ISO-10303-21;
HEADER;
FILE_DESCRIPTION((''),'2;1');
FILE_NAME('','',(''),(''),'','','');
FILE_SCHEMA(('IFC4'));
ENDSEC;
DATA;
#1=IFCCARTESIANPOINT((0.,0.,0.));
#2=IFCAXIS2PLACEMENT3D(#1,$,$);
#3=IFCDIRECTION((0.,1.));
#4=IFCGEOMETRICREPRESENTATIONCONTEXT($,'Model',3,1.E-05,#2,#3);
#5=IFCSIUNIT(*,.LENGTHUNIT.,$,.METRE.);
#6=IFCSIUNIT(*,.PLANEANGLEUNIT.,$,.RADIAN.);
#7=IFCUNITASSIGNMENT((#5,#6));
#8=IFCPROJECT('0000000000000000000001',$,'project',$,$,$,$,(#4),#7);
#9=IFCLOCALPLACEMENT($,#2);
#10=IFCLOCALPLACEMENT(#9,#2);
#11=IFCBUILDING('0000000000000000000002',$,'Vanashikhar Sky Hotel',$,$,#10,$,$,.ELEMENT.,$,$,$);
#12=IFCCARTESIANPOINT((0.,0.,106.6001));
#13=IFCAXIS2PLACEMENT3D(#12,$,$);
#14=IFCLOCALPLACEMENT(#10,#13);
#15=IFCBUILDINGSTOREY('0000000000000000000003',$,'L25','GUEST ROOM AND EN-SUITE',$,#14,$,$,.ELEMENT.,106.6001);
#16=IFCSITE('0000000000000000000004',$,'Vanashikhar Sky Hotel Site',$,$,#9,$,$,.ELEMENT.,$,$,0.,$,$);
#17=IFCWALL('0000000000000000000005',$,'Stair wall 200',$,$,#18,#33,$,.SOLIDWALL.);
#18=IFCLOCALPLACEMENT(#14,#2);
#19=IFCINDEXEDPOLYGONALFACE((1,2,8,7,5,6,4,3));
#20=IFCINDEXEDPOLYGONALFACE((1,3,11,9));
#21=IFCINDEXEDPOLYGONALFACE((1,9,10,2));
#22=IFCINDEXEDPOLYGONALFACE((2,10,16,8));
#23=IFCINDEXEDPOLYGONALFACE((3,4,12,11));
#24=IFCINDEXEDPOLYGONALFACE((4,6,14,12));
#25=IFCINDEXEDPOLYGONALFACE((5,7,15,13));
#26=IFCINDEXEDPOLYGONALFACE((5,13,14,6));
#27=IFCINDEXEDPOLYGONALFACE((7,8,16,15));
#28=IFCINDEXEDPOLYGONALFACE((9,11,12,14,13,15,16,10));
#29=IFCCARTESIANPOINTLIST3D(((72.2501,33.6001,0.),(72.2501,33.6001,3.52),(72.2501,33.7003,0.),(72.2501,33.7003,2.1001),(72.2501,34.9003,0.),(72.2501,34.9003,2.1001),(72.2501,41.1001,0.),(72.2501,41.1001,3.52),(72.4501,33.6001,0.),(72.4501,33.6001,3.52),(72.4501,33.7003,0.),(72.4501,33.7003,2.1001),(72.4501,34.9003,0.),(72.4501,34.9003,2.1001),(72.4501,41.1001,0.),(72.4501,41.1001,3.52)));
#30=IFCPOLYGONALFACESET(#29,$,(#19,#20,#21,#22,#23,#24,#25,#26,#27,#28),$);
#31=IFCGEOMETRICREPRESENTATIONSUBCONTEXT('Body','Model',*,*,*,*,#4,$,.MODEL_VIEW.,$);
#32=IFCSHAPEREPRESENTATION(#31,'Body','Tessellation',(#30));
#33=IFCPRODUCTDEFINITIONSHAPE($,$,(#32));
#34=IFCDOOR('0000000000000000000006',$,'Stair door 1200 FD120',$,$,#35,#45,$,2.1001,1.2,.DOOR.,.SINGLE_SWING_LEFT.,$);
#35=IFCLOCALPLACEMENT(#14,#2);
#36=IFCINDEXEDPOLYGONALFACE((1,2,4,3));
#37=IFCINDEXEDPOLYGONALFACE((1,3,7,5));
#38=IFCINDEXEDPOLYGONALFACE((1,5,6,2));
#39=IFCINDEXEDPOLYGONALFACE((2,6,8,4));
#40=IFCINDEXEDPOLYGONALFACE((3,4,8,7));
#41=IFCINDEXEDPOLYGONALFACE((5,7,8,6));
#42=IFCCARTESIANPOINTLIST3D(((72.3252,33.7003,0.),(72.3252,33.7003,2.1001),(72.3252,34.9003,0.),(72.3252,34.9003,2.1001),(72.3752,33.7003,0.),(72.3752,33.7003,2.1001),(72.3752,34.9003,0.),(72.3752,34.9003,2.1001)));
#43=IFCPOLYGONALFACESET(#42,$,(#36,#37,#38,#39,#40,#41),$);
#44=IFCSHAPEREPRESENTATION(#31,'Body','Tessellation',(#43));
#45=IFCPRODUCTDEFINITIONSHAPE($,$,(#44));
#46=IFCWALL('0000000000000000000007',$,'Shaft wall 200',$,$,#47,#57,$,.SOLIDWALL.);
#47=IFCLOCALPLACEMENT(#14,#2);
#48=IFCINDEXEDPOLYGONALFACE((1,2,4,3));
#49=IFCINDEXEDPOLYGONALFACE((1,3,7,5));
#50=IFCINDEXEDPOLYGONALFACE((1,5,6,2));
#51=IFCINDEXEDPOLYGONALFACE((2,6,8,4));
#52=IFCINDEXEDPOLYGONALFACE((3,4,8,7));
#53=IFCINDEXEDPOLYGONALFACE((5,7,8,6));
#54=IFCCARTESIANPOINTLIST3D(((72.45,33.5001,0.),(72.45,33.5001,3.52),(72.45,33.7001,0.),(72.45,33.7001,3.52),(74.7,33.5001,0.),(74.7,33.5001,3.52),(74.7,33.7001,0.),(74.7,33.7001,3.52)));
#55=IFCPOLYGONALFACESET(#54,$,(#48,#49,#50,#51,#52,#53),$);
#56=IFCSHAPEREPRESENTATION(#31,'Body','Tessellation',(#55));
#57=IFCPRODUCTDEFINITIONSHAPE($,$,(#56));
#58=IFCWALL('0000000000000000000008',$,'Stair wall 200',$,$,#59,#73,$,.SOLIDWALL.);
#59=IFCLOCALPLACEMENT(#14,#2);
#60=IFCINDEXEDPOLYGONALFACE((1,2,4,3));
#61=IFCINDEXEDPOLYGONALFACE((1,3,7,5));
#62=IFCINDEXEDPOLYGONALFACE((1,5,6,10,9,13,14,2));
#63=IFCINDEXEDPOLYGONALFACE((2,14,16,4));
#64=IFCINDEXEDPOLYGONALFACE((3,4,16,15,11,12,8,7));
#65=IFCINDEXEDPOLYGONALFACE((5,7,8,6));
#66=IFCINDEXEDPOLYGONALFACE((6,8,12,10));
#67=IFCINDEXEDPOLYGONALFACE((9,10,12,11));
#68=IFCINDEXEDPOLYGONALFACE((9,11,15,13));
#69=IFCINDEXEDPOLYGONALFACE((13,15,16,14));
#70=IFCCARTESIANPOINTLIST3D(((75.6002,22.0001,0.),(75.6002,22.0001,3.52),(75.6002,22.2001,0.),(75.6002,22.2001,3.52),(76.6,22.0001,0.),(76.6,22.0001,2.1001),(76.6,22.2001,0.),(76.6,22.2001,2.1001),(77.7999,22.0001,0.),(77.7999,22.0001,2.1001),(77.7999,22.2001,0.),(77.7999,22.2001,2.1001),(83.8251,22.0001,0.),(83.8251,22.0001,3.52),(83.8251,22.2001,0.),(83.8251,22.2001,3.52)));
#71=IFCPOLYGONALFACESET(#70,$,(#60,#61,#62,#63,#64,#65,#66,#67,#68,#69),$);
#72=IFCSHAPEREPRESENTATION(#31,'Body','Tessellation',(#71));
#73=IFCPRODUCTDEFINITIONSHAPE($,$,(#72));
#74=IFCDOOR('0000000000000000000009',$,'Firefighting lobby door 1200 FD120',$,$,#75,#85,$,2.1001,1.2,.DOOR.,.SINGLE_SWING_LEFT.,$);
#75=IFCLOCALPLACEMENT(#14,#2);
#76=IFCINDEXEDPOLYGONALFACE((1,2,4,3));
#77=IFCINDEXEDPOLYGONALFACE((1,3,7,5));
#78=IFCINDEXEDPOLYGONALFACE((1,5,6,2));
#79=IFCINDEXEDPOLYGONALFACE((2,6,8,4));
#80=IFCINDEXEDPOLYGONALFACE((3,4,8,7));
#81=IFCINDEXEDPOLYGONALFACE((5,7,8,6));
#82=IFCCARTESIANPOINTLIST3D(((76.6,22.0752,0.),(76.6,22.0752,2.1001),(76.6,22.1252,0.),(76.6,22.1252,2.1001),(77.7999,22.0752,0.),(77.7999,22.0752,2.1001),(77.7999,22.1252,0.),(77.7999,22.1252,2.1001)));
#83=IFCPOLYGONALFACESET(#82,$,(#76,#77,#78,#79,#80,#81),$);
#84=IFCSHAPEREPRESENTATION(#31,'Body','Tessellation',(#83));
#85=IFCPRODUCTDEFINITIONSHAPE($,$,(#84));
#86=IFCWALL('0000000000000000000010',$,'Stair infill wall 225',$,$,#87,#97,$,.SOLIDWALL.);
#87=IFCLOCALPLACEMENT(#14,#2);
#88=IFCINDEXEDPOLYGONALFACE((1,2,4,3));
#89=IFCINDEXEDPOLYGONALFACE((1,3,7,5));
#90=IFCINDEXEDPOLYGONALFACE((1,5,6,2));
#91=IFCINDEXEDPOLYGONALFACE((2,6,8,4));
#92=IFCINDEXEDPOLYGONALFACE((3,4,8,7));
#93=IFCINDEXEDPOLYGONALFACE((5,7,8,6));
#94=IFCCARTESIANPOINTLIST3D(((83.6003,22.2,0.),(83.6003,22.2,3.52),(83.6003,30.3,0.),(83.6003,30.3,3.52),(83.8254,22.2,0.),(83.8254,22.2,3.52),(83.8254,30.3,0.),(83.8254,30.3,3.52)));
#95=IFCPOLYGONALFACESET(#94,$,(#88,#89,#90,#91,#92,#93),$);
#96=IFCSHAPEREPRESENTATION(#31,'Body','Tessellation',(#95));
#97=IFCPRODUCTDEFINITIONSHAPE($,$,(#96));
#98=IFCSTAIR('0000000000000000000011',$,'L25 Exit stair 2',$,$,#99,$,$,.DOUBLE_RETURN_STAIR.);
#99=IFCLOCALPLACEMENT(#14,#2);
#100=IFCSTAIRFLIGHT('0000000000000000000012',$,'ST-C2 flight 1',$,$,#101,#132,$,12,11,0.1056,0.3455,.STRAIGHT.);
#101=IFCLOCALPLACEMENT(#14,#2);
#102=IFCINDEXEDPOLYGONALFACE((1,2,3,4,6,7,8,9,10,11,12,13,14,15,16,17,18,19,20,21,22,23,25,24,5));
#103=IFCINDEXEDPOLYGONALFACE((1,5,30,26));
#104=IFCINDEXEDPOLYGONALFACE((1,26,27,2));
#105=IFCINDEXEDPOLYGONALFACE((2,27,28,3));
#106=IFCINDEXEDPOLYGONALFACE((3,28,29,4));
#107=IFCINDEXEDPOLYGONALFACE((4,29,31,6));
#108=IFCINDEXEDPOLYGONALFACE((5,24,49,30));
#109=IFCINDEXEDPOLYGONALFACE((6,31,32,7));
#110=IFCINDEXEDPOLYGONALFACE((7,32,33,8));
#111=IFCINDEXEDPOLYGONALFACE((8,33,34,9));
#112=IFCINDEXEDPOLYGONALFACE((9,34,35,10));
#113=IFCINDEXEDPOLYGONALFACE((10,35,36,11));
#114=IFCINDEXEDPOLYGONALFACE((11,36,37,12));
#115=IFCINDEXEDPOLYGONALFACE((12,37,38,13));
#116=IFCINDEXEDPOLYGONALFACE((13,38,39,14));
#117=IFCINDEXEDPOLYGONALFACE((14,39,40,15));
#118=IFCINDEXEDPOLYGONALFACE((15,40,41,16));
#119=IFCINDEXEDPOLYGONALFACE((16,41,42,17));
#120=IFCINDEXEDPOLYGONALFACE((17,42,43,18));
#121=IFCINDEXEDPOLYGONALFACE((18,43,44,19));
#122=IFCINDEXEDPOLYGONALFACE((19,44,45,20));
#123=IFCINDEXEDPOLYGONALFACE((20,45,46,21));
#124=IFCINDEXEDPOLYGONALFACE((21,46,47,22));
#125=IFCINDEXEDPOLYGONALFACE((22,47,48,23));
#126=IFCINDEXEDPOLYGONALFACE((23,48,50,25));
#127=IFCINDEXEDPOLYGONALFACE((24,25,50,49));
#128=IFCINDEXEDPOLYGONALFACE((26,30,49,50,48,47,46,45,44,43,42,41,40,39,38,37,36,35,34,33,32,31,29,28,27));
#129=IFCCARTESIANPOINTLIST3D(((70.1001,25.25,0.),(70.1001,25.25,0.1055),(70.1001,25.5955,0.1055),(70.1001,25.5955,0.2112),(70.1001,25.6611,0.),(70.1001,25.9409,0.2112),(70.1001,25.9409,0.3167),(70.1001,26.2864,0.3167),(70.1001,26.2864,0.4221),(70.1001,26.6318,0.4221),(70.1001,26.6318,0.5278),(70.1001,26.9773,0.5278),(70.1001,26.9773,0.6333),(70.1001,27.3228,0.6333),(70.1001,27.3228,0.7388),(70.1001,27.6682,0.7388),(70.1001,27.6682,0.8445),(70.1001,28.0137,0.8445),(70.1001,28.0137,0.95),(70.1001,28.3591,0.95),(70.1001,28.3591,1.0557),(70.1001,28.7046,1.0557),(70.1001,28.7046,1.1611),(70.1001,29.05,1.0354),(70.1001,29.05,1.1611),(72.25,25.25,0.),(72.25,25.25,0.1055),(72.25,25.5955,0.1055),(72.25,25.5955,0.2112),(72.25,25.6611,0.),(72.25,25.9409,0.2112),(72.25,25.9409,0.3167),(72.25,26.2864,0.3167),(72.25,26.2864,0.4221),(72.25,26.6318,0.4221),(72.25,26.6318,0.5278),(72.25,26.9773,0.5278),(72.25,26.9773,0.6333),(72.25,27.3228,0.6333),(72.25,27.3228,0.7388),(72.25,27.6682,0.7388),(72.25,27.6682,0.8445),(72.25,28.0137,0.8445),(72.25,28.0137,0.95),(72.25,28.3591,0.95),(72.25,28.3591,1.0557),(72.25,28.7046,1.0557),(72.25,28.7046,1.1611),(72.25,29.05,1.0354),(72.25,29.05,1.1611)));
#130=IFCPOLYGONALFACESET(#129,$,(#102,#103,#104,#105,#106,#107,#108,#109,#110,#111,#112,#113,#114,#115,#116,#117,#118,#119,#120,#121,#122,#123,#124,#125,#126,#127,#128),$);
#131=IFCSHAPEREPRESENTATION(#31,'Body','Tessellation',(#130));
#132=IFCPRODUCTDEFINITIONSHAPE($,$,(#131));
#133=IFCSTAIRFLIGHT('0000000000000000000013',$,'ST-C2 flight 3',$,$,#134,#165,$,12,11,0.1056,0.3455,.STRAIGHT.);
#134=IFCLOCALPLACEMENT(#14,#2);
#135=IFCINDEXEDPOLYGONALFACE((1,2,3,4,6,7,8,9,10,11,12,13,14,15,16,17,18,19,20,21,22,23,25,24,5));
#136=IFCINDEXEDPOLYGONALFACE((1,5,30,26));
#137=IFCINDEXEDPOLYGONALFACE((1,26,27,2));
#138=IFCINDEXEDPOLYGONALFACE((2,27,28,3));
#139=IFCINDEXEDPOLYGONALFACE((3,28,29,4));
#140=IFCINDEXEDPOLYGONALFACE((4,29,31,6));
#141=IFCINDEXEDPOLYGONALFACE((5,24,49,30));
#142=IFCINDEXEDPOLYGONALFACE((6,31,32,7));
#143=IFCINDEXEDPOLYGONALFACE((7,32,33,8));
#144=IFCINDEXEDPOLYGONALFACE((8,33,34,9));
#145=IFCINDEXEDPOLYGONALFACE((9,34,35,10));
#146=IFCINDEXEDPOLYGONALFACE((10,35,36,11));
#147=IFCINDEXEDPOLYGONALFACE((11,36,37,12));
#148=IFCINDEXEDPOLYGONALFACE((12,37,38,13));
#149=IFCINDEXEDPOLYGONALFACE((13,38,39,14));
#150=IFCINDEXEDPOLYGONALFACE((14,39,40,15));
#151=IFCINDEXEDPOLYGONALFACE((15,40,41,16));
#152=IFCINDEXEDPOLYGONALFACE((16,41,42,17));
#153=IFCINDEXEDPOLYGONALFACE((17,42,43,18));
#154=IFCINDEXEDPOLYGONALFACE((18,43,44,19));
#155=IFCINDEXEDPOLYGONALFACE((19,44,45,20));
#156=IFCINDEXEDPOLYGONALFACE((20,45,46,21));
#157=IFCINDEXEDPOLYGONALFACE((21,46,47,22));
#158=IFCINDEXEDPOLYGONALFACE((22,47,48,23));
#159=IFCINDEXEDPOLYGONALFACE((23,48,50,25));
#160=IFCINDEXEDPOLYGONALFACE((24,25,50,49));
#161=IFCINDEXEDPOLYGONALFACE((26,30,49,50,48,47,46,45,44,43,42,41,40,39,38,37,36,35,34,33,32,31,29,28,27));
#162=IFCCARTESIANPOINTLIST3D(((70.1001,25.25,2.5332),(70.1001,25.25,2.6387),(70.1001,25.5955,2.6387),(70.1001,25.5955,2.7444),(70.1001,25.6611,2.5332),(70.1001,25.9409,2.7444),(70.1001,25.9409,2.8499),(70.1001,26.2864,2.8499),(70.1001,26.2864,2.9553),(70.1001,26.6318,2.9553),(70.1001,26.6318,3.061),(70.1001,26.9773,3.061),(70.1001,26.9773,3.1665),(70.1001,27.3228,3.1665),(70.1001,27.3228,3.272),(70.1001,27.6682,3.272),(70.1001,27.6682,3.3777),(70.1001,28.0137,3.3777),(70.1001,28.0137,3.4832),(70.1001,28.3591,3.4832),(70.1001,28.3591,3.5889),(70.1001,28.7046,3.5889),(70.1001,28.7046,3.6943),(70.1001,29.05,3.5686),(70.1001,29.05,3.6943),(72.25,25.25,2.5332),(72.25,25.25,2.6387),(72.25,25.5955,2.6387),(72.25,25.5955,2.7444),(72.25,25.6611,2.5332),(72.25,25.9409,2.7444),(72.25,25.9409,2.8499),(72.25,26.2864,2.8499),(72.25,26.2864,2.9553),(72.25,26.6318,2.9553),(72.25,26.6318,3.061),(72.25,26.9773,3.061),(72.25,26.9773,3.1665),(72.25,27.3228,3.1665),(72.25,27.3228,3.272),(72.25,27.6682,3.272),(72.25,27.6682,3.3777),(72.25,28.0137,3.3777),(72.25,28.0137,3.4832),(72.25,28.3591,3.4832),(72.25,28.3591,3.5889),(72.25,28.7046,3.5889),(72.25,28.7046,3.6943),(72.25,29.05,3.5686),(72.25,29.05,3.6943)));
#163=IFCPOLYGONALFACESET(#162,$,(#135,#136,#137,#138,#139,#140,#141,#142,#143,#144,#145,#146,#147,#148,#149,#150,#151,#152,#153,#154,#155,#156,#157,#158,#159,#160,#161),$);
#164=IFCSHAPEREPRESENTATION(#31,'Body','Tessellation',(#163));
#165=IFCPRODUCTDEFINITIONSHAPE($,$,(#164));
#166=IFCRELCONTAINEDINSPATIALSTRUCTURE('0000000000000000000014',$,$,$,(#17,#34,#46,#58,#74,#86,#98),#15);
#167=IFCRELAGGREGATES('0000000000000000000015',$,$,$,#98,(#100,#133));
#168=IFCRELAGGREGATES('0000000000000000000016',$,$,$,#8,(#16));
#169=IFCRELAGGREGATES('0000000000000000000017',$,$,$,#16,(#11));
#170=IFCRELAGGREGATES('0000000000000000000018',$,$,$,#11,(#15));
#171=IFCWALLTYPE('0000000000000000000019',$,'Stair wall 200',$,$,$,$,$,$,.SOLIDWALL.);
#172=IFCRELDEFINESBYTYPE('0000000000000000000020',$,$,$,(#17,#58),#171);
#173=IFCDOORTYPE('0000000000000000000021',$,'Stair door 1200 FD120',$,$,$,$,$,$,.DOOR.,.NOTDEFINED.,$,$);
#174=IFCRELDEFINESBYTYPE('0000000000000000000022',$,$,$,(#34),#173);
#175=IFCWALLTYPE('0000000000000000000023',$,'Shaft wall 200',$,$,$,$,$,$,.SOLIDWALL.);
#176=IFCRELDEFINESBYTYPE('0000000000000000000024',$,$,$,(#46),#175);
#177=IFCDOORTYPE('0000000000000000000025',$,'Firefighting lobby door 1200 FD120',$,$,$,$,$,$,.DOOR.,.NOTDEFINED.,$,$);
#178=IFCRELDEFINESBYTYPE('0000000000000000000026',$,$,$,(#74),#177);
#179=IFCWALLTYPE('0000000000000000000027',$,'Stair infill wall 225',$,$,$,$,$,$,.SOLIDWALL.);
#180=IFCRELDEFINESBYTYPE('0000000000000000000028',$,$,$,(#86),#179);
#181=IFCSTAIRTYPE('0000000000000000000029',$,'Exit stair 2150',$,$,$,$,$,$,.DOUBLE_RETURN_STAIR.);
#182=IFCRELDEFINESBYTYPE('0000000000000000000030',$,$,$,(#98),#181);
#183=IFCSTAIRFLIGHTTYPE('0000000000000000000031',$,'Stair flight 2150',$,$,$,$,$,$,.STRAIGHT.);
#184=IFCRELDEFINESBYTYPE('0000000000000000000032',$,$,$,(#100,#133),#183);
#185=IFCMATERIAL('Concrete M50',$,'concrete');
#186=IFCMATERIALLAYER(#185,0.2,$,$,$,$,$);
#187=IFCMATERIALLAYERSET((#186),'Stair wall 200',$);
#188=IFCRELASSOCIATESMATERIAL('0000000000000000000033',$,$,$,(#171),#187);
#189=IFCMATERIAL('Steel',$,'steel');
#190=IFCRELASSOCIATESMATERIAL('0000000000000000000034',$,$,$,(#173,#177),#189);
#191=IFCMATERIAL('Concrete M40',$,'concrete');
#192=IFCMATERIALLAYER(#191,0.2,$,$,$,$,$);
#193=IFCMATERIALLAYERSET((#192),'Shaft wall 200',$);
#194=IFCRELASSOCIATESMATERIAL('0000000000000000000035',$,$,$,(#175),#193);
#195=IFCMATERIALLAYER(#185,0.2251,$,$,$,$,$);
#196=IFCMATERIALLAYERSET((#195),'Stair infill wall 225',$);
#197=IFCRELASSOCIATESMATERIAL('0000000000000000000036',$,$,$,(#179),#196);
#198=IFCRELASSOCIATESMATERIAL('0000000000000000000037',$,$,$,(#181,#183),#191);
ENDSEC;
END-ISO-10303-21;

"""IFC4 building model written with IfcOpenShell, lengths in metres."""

from ifc_helpers import new_model, si_unit, direction, frame, frame_2d, origin, place, context, subcontext, project, spatial, polyline, rectangle, outline, extrude, source, transform, mapped, material, layer, layer_set, type_object, element, fill, aggregate, save


model = new_model("IFC4")

# Units and contexts
model_context = context("Model", 3, precision=1e-05, world=origin(), true_north=direction((0.0, 1.0)))
body_context = subcontext(model_context, "Body", "Model", "MODEL_VIEW")
ifc_project = project(units=[si_unit("LENGTHUNIT", "METRE"), si_unit("PLANEANGLEUNIT", "RADIAN")], contexts=[model_context])

# Site, building, storey
site_placement = place(None, origin())
site = spatial("IfcSite", under=ifc_project, at=site_placement, Name="Vanashikhar Sky Hotel Site", CompositionType="ELEMENT", RefElevation=0.0)
building_placement = place(site_placement, origin())
building = spatial("IfcBuilding", under=site, at=building_placement, Name="Vanashikhar Sky Hotel", CompositionType="ELEMENT")
storey_placement = place(building_placement, frame((0.0, 0.0, 106.6001)))
storey = spatial("IfcBuildingStorey", under=building, at=storey_placement, Name="L25", Description="GUEST ROOM AND EN-SUITE", CompositionType="ELEMENT", Elevation=106.6001)

# Shared definitions
ifc_material_1 = material(Name="Concrete M50", Category="concrete")

# Shared definitions
ifc_material_2 = material(Name="Steel", Category="steel")
shared_shape_1 = source(origin(), body_context, "Body", "SweptSolid", [
    extrude(rectangle(XDim=1.2, YDim=2.1001, at=frame_2d((0.6001, 1.05))), frame((0.0, 0.0249, 0.0), z_axis=(0.0, -1.0, 0.0), x_axis=(1.0, 0.0, 0.0)), (0.0, 0.0, 1.0), 0.05),
])

# Shared definitions
ifc_layer_1 = layer(ifc_material_1, 0.2)
ifc_layer_set_1 = layer_set([ifc_layer_1], Name="Stair wall 200")
wall_type_1 = type_object("IfcWallType", Name="Stair wall 200", PredefinedType="SOLIDWALL", material=ifc_layer_set_1)
shared_shape_2 = source(origin(), body_context, "Body", "SweptSolid", [
    extrude(rectangle(XDim=1.2, YDim=2.1001, at=frame_2d((0.6001, 1.05))), frame((0.0, 0.1099, 0.0), z_axis=(0.0, -1.0, 0.0), x_axis=(1.0, 0.0, 0.0)), (0.0, 0.0, 1.0), 0.22),
])
door_type_1 = type_object("IfcDoorType", Name="Stair door 1200 FD120", OperationType="NOTDEFINED", PredefinedType="DOOR", material=ifc_material_2)

# Shared definitions
ifc_material_3 = material(Name="Concrete M40", Category="concrete")
ifc_layer_2 = layer(ifc_material_3, 0.2)
ifc_layer_set_2 = layer_set([ifc_layer_2], Name="Shaft wall 200")
wall_type_2 = type_object("IfcWallType", Name="Shaft wall 200", PredefinedType="SOLIDWALL", material=ifc_layer_set_2)

# Wall, opening, door
shared_shape_3 = source(origin(), body_context, "Body", "SweptSolid", [
    extrude(rectangle(XDim=7.5, YDim=0.2, at=frame_2d((3.75, 0.0))), origin(), (0.0, 0.0, 1.0), 3.52),
])
wall_1_placement = place(storey_placement, frame((72.3501, 33.6001, 0.0), z_axis=(0.0, 0.0, 1.0), x_axis=(0.0, 1.0, 0.0)))
wall_1 = element("IfcWall", 1, at=wall_1_placement, inside=storey, type_object=wall_type_1, Name="Stair wall 200", PredefinedType="SOLIDWALL", context=body_context, shape_type="MappedRepresentation", body=[
    mapped(shared_shape_3, transform((0.0, 0.0, 0.0), scale=1.0)),
])
opening_1_placement = place(wall_1_placement, frame((0.1001, 0.0, 0.0)))
opening_1 = element("IfcOpeningElement", 2, at=opening_1_placement, cuts=wall_1, PredefinedType="OPENING", context=body_context, shape_type="MappedRepresentation", body=[
    mapped(shared_shape_2, transform((0.0, 0.0, 0.0), scale=1.0)),
])
door_1_placement = place(opening_1_placement, origin())
door_1 = element("IfcDoor", 3, at=door_1_placement, inside=storey, type_object=door_type_1, Name="Stair door 1200 FD120", OperationType="SINGLE_SWING_LEFT", OverallHeight=2.1001, OverallWidth=1.2, PredefinedType="DOOR", context=body_context, shape_type="MappedRepresentation", body=[
    mapped(shared_shape_1, transform((0.0, 0.0, 0.0), scale=1.0)),
])
fill(opening_1, door_1)

# Wall
shared_shape_4 = source(origin(), body_context, "Body", "SweptSolid", [
    extrude(rectangle(XDim=2.25, YDim=0.2, at=frame_2d((1.125, 0.0))), origin(), (0.0, 0.0, 1.0), 3.52),
])
wall_2_placement = place(storey_placement, frame((72.45, 33.6001, 0.0), z_axis=(0.0, 0.0, 1.0), x_axis=(1.0, 0.0, 0.0)))
element("IfcWall", 4, at=wall_2_placement, inside=storey, type_object=wall_type_2, Name="Shaft wall 200", PredefinedType="SOLIDWALL", context=body_context, shape_type="MappedRepresentation", body=[
    mapped(shared_shape_4, transform((0.0, 0.0, 0.0), scale=1.0)),
])

# Wall, opening, door
shared_shape_5 = source(origin(), body_context, "Body", "SweptSolid", [
    extrude(rectangle(XDim=8.2249, YDim=0.2, at=frame_2d((4.1123, 0.0))), origin(), (0.0, 0.0, 1.0), 3.52),
])
wall_3_placement = place(storey_placement, frame((83.825, 22.1001, 0.0), z_axis=(0.0, 0.0, 1.0), x_axis=(-1.0, 0.0, 0.0)))
wall_3 = element("IfcWall", 5, at=wall_3_placement, inside=storey, type_object=wall_type_1, Name="Stair wall 200", PredefinedType="SOLIDWALL", context=body_context, shape_type="MappedRepresentation", body=[
    mapped(shared_shape_5, transform((0.0, 0.0, 0.0), scale=1.0)),
])
opening_2_placement = place(wall_3_placement, frame((6.0249, 0.0, 0.0)))
opening_2 = element("IfcOpeningElement", 6, at=opening_2_placement, cuts=wall_3, PredefinedType="OPENING", context=body_context, shape_type="MappedRepresentation", body=[
    mapped(shared_shape_2, transform((0.0, 0.0, 0.0), scale=1.0)),
])
door_type_2 = type_object("IfcDoorType", Name="Firefighting lobby door 1200 FD120", OperationType="NOTDEFINED", PredefinedType="DOOR", material=ifc_material_2)
door_2_placement = place(opening_2_placement, origin())
door_2 = element("IfcDoor", 7, at=door_2_placement, inside=storey, type_object=door_type_2, Name="Firefighting lobby door 1200 FD120", OperationType="SINGLE_SWING_LEFT", OverallHeight=2.1001, OverallWidth=1.2, PredefinedType="DOOR", context=body_context, shape_type="MappedRepresentation", body=[
    mapped(shared_shape_1, transform((0.0, 0.0, 0.0), scale=1.0)),
])
fill(opening_2, door_2)

# Wall
ifc_layer_3 = layer(ifc_material_1, 0.2251)
ifc_layer_set_3 = layer_set([ifc_layer_3], Name="Stair infill wall 225")
wall_type_3 = type_object("IfcWallType", Name="Stair infill wall 225", PredefinedType="SOLIDWALL", material=ifc_layer_set_3)
shared_shape_6 = source(origin(), body_context, "Body", "SweptSolid", [
    extrude(rectangle(XDim=8.1001, YDim=0.2251, at=frame_2d((4.05, 0.0))), origin(), (0.0, 0.0, 1.0), 3.52),
])
wall_4_placement = place(storey_placement, frame((83.7129, 22.2, 0.0), z_axis=(0.0, 0.0, 1.0), x_axis=(0.0, 1.0, 0.0)))
element("IfcWall", 8, at=wall_4_placement, inside=storey, type_object=wall_type_3, Name="Stair infill wall 225", PredefinedType="SOLIDWALL", context=body_context, shape_type="MappedRepresentation", body=[
    mapped(shared_shape_6, transform((0.0, 0.0, 0.0), scale=1.0)),
])

# Stair, stair flights
stair_type = type_object("IfcStairType", Name="Exit stair 2150", PredefinedType="DOUBLE_RETURN_STAIR", material=ifc_material_3)
stair_1_placement = place(storey_placement, origin())
stair_1 = element("IfcStair", 9, at=stair_1_placement, inside=storey, type_object=stair_type, Name="L25 Exit stair 2", PredefinedType="DOUBLE_RETURN_STAIR")
stair_flight_type = type_object("IfcStairFlightType", Name="Stair flight 2150", PredefinedType="STRAIGHT", material=ifc_material_3)
shared_shape_7 = source(origin(), body_context, "Body", "SweptSolid", [
    extrude(outline(polyline([(0.0, 0.0), (0.0, 0.1055), (0.3455, 0.1055), (0.3455, 0.2112), (0.6909, 0.2112), (0.6909, 0.3167), (1.0364, 0.3167), (1.0364, 0.4221), (1.3818, 0.4221), (1.3818, 0.5278), (1.7273, 0.5278), (1.7273, 0.6333), (2.0728, 0.6333), (2.0728, 0.7388), (2.4182, 0.7388), (2.4182, 0.8445), (2.7637, 0.8445), (2.7637, 0.95), (3.1091, 0.95), (3.1091, 1.0557), (3.4546, 1.0557), (3.4546, 1.1611), (3.8, 1.1611), (3.8, 1.2666), (3.8, 1.0354), (0.4111, 0.0), (0.0, 0.0)])), frame((0.0, 1.075, 0.0), z_axis=(0.0, -1.0, 0.0), x_axis=(1.0, 0.0, 0.0)), (0.0, 0.0, 1.0), 2.1499),
])
stair_flight_1_placement = place(storey_placement, frame((71.175, 25.25, 0.0), z_axis=(0.0, 0.0, 1.0), x_axis=(0.0, 1.0, 0.0)))
stair_flight_1 = element("IfcStairFlight", 10, at=stair_flight_1_placement, type_object=stair_flight_type, Name="ST-C2 flight 1", NumberOfRisers=12, NumberOfTreads=11, PredefinedType="STRAIGHT", RiserHeight=0.1056, TreadLength=0.3455, context=body_context, shape_type="MappedRepresentation", body=[
    mapped(shared_shape_7, transform((0.0, 0.0, 0.0), scale=1.0)),
])
stair_flight_2_placement = place(storey_placement, frame((71.175, 25.25, 2.5332), z_axis=(0.0, 0.0, 1.0), x_axis=(0.0, 1.0, 0.0)))
stair_flight_2 = element("IfcStairFlight", 11, at=stair_flight_2_placement, type_object=stair_flight_type, Name="ST-C2 flight 3", NumberOfRisers=12, NumberOfTreads=11, PredefinedType="STRAIGHT", RiserHeight=0.1056, TreadLength=0.3455, context=body_context, shape_type="MappedRepresentation", body=[
    mapped(shared_shape_7, transform((0.0, 0.0, 0.0), scale=1.0)),
])
aggregate(stair_1, [stair_flight_1, stair_flight_2])

save(model, "model.ifc")
